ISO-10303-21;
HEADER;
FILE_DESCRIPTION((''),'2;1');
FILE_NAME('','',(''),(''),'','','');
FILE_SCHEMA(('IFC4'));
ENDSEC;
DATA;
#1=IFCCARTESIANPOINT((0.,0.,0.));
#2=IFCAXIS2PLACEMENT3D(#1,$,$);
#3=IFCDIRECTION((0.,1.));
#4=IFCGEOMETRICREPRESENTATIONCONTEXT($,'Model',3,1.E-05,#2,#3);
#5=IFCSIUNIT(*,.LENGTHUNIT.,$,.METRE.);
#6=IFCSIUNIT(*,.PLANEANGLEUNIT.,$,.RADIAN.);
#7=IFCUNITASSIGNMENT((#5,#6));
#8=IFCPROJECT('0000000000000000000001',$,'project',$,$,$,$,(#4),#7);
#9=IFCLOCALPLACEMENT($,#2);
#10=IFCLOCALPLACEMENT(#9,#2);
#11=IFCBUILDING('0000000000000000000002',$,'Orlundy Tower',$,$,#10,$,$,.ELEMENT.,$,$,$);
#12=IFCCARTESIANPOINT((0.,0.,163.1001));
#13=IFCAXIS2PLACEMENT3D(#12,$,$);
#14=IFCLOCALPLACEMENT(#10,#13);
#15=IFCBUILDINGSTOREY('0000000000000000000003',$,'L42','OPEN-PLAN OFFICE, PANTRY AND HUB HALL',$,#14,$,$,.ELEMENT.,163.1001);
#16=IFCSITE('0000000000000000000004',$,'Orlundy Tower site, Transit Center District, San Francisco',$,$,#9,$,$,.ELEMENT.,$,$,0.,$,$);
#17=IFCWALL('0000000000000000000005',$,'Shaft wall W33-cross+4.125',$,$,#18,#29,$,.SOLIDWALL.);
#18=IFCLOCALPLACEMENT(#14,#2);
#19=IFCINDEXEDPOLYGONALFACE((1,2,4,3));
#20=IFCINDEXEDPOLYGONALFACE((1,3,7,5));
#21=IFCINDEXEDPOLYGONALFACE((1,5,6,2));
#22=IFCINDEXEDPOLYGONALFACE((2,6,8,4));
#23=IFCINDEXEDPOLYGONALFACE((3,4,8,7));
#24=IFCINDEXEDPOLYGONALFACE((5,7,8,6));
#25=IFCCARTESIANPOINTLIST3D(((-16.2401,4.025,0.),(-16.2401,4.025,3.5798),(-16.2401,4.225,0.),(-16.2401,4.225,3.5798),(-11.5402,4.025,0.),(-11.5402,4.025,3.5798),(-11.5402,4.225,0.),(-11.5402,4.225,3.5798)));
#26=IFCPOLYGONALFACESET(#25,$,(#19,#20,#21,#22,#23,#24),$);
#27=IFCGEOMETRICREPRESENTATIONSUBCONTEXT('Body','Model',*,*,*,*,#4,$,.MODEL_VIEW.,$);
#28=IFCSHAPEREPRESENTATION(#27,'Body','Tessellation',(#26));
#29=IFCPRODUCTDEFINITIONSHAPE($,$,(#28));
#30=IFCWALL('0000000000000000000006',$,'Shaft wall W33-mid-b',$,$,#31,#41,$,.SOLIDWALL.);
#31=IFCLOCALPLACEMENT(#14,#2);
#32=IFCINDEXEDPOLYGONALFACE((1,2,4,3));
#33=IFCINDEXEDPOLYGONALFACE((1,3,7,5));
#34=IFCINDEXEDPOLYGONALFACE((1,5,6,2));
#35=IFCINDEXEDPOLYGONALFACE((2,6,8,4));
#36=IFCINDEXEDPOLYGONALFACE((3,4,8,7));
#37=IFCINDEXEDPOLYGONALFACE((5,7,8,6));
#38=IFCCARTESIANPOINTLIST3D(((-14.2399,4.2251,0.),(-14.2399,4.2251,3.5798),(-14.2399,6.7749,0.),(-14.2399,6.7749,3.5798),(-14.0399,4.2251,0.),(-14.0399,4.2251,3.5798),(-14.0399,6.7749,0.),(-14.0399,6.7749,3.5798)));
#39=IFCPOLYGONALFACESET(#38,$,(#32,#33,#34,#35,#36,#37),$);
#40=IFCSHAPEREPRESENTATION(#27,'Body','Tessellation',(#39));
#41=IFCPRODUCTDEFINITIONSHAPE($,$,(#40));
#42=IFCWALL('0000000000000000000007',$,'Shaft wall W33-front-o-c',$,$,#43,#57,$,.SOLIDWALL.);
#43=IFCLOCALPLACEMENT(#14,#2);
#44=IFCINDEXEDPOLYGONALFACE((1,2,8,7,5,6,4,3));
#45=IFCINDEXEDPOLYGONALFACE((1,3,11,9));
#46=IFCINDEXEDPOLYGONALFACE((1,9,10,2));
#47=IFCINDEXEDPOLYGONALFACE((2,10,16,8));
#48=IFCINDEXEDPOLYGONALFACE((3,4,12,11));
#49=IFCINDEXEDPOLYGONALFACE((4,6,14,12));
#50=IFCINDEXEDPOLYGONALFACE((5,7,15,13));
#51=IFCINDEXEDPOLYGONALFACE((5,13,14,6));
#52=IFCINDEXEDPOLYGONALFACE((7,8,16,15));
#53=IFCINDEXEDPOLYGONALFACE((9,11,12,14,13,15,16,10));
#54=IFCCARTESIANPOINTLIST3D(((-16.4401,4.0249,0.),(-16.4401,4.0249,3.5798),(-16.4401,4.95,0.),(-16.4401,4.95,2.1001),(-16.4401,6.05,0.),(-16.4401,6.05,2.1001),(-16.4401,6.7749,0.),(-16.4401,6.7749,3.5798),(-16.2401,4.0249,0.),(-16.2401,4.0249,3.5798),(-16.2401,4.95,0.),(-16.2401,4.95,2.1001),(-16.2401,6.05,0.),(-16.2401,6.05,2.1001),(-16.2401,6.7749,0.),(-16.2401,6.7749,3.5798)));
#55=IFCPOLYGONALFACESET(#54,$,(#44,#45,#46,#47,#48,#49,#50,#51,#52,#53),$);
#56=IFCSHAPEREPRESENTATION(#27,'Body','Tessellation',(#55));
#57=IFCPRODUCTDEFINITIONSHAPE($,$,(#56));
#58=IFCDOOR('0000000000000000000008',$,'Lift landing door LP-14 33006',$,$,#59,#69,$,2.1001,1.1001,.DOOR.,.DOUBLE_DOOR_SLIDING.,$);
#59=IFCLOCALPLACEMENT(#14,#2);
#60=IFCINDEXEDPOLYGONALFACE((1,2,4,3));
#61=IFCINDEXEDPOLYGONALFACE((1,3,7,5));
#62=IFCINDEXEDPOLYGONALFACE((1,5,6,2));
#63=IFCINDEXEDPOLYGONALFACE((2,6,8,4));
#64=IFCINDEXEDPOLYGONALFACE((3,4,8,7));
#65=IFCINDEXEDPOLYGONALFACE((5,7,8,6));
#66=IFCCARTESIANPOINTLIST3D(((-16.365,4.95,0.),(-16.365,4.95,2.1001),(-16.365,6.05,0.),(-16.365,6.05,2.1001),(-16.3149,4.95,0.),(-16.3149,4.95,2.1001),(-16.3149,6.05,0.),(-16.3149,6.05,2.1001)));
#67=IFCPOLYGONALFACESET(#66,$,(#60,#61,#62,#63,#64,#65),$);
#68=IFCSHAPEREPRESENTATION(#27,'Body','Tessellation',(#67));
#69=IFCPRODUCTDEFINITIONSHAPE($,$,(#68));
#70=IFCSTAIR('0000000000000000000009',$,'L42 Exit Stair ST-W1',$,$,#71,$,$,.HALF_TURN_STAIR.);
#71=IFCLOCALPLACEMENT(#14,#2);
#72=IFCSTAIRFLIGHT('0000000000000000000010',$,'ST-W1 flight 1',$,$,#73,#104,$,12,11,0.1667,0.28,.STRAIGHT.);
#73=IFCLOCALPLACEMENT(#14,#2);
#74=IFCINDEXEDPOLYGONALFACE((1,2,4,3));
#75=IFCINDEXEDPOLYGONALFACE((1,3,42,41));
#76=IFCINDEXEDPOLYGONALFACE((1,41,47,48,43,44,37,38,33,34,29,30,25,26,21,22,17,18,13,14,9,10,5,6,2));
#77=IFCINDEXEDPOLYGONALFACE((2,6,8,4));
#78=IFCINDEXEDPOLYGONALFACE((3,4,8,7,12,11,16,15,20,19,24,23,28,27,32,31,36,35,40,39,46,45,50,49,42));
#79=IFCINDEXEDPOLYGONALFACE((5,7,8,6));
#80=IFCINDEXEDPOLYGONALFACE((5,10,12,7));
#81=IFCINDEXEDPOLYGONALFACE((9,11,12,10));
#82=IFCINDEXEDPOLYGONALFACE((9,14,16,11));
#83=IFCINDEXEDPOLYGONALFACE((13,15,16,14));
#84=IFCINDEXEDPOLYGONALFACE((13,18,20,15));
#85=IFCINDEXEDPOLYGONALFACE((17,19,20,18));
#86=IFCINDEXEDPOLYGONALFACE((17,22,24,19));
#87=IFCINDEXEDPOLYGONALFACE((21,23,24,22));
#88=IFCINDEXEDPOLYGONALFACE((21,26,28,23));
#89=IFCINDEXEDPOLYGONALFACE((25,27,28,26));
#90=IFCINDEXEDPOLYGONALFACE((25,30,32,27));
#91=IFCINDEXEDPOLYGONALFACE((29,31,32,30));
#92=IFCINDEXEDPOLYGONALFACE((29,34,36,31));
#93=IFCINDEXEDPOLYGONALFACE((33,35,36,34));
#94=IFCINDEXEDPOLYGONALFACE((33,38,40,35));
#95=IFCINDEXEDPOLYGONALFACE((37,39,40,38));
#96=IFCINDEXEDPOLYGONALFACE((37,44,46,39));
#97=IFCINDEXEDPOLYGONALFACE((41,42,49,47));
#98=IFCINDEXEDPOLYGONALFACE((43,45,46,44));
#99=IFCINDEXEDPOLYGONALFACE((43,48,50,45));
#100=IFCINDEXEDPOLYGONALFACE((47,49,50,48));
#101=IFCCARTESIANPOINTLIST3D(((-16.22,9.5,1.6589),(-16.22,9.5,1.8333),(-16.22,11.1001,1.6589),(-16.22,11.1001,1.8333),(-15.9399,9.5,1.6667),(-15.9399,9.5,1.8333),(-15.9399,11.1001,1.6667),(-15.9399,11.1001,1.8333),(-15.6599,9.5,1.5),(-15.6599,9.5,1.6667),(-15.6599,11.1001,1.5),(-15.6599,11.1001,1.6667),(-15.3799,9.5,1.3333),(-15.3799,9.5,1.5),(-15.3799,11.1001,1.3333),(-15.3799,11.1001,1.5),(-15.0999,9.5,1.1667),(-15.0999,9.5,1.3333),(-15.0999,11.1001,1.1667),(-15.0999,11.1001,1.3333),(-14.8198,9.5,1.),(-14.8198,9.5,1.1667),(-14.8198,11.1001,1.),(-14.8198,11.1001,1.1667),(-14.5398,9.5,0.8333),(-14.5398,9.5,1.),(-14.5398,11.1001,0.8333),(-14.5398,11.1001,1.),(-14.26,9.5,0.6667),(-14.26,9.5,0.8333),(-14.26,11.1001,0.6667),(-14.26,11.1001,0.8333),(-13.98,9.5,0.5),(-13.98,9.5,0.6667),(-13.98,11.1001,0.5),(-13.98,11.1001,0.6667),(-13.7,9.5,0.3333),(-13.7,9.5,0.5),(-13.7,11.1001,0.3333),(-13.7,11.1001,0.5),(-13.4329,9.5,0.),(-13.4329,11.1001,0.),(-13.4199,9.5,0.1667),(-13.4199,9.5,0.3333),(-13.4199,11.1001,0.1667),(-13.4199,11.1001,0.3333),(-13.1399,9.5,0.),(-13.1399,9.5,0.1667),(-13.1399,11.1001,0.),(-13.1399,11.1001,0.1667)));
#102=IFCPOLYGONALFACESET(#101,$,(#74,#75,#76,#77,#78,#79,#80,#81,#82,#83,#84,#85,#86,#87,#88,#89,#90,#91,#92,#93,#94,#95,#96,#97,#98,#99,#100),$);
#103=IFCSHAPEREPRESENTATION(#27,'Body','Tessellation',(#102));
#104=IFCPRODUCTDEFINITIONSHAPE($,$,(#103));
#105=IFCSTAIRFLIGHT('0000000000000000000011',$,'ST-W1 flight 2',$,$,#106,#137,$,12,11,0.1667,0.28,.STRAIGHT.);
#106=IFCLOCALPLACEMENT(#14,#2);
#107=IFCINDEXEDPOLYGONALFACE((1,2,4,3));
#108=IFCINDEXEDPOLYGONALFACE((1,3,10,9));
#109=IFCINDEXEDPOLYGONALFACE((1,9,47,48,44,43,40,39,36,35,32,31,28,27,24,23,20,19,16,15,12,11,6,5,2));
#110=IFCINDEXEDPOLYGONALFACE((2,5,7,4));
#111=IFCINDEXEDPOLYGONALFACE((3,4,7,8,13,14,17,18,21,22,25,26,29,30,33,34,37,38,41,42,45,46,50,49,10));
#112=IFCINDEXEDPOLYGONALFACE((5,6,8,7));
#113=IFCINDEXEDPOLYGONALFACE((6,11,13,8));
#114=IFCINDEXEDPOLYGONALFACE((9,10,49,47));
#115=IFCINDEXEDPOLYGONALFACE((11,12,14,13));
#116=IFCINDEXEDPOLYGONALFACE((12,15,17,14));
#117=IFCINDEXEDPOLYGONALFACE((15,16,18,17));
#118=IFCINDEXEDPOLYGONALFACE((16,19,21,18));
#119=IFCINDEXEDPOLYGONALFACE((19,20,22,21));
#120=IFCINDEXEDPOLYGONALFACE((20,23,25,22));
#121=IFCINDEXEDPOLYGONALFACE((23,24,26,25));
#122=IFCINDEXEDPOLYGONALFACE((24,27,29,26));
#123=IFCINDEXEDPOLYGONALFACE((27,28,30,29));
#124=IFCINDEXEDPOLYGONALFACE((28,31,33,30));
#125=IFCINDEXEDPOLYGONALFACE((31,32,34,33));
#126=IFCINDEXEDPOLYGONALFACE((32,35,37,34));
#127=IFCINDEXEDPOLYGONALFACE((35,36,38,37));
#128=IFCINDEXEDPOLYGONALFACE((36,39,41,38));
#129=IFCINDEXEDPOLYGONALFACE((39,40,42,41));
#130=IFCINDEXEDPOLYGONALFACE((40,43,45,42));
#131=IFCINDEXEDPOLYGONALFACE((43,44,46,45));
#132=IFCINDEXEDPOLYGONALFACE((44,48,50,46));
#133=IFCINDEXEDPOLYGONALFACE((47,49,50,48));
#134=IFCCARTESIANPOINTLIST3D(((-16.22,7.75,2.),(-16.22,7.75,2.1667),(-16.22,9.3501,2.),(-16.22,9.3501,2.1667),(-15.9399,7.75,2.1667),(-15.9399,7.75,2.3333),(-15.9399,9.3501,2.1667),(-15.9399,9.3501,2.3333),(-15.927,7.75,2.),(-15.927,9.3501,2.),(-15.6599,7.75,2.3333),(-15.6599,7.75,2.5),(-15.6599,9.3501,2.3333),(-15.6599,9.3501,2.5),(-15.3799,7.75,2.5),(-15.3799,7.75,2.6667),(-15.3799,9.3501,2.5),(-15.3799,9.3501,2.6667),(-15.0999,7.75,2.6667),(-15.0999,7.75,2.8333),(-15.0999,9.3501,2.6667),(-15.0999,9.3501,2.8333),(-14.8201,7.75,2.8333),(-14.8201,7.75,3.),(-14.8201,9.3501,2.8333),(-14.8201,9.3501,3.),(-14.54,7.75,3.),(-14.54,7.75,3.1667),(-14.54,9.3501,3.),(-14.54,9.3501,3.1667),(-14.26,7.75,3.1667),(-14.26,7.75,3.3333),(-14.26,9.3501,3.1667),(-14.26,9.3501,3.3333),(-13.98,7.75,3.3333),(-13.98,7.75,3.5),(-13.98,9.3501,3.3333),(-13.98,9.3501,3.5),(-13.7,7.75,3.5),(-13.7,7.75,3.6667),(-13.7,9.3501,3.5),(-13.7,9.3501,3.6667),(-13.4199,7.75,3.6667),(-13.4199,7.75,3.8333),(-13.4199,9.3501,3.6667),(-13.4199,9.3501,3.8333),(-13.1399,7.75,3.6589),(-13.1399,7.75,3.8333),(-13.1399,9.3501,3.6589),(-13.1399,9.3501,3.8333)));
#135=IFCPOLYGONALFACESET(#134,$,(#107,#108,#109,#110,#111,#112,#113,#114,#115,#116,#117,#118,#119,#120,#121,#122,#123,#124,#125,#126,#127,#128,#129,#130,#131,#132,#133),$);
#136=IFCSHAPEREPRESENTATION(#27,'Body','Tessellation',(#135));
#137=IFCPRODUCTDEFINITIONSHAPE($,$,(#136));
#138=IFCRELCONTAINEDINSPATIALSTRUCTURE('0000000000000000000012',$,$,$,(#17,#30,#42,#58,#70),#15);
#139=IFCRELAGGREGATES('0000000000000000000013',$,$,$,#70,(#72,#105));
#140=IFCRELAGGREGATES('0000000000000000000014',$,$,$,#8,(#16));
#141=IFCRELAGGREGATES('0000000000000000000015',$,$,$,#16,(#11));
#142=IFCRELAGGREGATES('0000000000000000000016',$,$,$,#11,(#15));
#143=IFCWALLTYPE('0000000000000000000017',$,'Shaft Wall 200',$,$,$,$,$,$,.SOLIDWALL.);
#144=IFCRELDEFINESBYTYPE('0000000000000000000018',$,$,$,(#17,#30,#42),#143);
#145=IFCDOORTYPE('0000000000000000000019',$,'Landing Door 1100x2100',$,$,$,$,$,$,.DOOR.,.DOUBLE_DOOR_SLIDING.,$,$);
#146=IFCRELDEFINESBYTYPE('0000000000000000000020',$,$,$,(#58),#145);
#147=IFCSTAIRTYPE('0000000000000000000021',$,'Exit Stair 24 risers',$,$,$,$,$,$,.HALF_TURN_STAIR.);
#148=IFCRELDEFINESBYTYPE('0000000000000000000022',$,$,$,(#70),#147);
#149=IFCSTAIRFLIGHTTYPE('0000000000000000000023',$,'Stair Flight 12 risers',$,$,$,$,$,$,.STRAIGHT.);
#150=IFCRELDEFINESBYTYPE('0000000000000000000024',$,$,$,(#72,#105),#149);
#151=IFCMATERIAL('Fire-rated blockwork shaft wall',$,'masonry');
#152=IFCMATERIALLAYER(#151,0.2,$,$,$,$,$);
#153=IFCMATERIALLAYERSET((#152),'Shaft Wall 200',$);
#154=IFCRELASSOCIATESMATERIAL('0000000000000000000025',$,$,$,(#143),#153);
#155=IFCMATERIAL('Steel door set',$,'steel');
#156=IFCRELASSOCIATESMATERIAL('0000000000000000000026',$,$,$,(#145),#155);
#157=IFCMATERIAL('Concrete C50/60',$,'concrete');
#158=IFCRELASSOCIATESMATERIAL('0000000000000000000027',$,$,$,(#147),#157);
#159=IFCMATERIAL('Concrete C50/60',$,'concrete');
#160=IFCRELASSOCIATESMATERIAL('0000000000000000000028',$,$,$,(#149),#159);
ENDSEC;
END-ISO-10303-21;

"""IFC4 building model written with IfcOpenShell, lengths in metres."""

from ifc_helpers import new_model, si_unit, direction, frame, frame_2d, origin, place, context, subcontext, project, spatial, polyline, rectangle, outline, extrude, material, layer, layer_set, type_object, element, fill, aggregate, save


model = new_model("IFC4")

# Units and contexts
model_context = context("Model", 3, precision=1e-05, world=origin(), true_north=direction((0.0, 1.0)))
body_context = subcontext(model_context, "Body", "Model", "MODEL_VIEW")
ifc_project = project(units=[si_unit("LENGTHUNIT", "METRE"), si_unit("PLANEANGLEUNIT", "RADIAN")], contexts=[model_context])

# Site, building, storey
site_placement = place(None, origin())
site = spatial("IfcSite", under=ifc_project, at=site_placement, Name="Orlundy Tower site, Transit Center District, San Francisco", CompositionType="ELEMENT", RefElevation=0.0)
building_placement = place(site_placement, origin())
building = spatial("IfcBuilding", under=site, at=building_placement, Name="Orlundy Tower", CompositionType="ELEMENT")
storey_placement = place(building_placement, frame((0.0, 0.0, 163.1001)))
storey = spatial("IfcBuildingStorey", under=building, at=storey_placement, Name="L42", Description="OPEN-PLAN OFFICE, PANTRY AND HUB HALL", CompositionType="ELEMENT", Elevation=163.1001)

# Walls
ifc_material_1 = material(Name="Fire-rated blockwork shaft wall", Category="masonry")
ifc_layer_1 = layer(ifc_material_1, 0.2)
ifc_layer_set_1 = layer_set([ifc_layer_1], Name="Shaft Wall 200")
wall_type_1 = type_object("IfcWallType", Name="Shaft Wall 200", PredefinedType="SOLIDWALL", material=ifc_layer_set_1)
wall_1_placement = place(storey_placement, frame((-11.54, 4.125, 0.0), z_axis=(0.0, 0.0, 1.0), x_axis=(-1.0, 0.0, 0.0)))
element("IfcWall", 1, at=wall_1_placement, inside=storey, type_object=wall_type_1, Name="Shaft wall W33-cross+4.125", PredefinedType="SOLIDWALL", context=body_context, shape_type="SweptSolid", body=[
    extrude(rectangle(XDim=4.7, YDim=0.2, at=frame_2d((2.3501, 0.0))), origin(), (0.0, 0.0, 1.0), 3.5798),
])
wall_2_placement = place(storey_placement, frame((-14.1399, 4.2251, 0.0), z_axis=(0.0, 0.0, 1.0), x_axis=(0.0, 1.0, 0.0)))
element("IfcWall", 2, at=wall_2_placement, inside=storey, type_object=wall_type_1, Name="Shaft wall W33-mid-b", PredefinedType="SOLIDWALL", context=body_context, shape_type="SweptSolid", body=[
    extrude(rectangle(XDim=2.5498, YDim=0.2, at=frame_2d((1.2749, 0.0))), origin(), (0.0, 0.0, 1.0), 3.5798),
])

# Wall, opening, door
wall_3_placement = place(storey_placement, frame((-16.3401, 4.0249, 0.0), z_axis=(0.0, 0.0, 1.0), x_axis=(0.0, 1.0, 0.0)))
wall_3 = element("IfcWall", 3, at=wall_3_placement, inside=storey, type_object=wall_type_1, Name="Shaft wall W33-front-o-c", PredefinedType="SOLIDWALL", context=body_context, shape_type="SweptSolid", body=[
    extrude(rectangle(XDim=2.75, YDim=0.2, at=frame_2d((1.375, 0.0))), origin(), (0.0, 0.0, 1.0), 3.5798),
])
opening_1_placement = place(wall_3_placement, frame((0.925, 0.0, 0.0)))
opening_1 = element("IfcOpeningElement", 4, at=opening_1_placement, cuts=wall_3, PredefinedType="OPENING", context=body_context, shape_type="SweptSolid", body=[
    extrude(rectangle(XDim=1.1001, YDim=2.1001, at=frame_2d((0.55, 1.05))), frame((0.0, 0.1101, 0.0), z_axis=(0.0, -1.0, 0.0), x_axis=(1.0, 0.0, 0.0)), (0.0, 0.0, 1.0), 0.2202),
])
ifc_material_2 = material(Name="Steel door set", Category="steel")
door_type_1 = type_object("IfcDoorType", Name="Landing Door 1100x2100", OperationType="DOUBLE_DOOR_SLIDING", PredefinedType="DOOR", material=ifc_material_2)
door_1_placement = place(opening_1_placement, origin())
door_1 = element("IfcDoor", 5, at=door_1_placement, inside=storey, type_object=door_type_1, Name="Lift landing door LP-14 33006", OperationType="DOUBLE_DOOR_SLIDING", OverallHeight=2.1001, OverallWidth=1.1001, PredefinedType="DOOR", context=body_context, shape_type="SweptSolid", body=[
    extrude(rectangle(XDim=1.1001, YDim=2.1001, at=frame_2d((0.55, 1.05))), frame((0.0, 0.0249, 0.0), z_axis=(0.0, -1.0, 0.0), x_axis=(1.0, 0.0, 0.0)), (0.0, 0.0, 1.0), 0.05),
])
fill(opening_1, door_1)

# Stair, stair flights
ifc_material_3 = material(Name="Concrete C50/60", Category="concrete")
stair_type = type_object("IfcStairType", Name="Exit Stair 24 risers", PredefinedType="HALF_TURN_STAIR", material=ifc_material_3)
stair_placement = place(storey_placement, origin())
stair = element("IfcStair", 6, at=stair_placement, inside=storey, type_object=stair_type, Name="L42 Exit Stair ST-W1", PredefinedType="HALF_TURN_STAIR")
ifc_material_4 = material(Name="Concrete C50/60", Category="concrete")
stair_flight_type = type_object("IfcStairFlightType", Name="Stair Flight 12 risers", PredefinedType="STRAIGHT", material=ifc_material_4)
stair_flight_1_placement = place(storey_placement, frame((-13.1399, 10.3, 0.0), z_axis=(0.0, 0.0, 1.0), x_axis=(-1.0, 0.0, 0.0)))
stair_flight_1 = element("IfcStairFlight", 7, at=stair_flight_1_placement, type_object=stair_flight_type, Name="ST-W1 flight 1", NumberOfRisers=12, NumberOfTreads=11, PredefinedType="STRAIGHT", RiserHeight=0.1667, TreadLength=0.28, context=body_context, shape_type="SweptSolid", body=[
    extrude(outline(polyline([(0.0, 0.0), (0.0, 0.1667), (0.28, 0.1667), (0.28, 0.3333), (0.5601, 0.3333), (0.5601, 0.5), (0.8401, 0.5), (0.8401, 0.6667), (1.1201, 0.6667), (1.1201, 0.8333), (1.3999, 0.8333), (1.3999, 1.0), (1.6799, 1.0), (1.6799, 1.1667), (1.96, 1.1667), (1.96, 1.3333), (2.24, 1.3333), (2.24, 1.5), (2.52, 1.5), (2.52, 1.6667), (2.8, 1.6667), (2.8, 1.8333), (3.0801, 1.8333), (3.0801, 2.0), (3.0801, 1.6589), (0.293, 0.0), (0.0, 0.0)])), frame((0.0, 0.8, 0.0), z_axis=(0.0, -1.0, 0.0), x_axis=(1.0, 0.0, 0.0)), (0.0, 0.0, 1.0), 1.6001),
])
stair_flight_2_placement = place(storey_placement, frame((-16.22, 8.55, 2.0), z_axis=(0.0, 0.0, 1.0), x_axis=(1.0, 0.0, 0.0)))
stair_flight_2 = element("IfcStairFlight", 8, at=stair_flight_2_placement, type_object=stair_flight_type, Name="ST-W1 flight 2", NumberOfRisers=12, NumberOfTreads=11, PredefinedType="STRAIGHT", RiserHeight=0.1667, TreadLength=0.28, context=body_context, shape_type="SweptSolid", body=[
    extrude(outline(polyline([(0.0, 0.0), (0.0, 0.1667), (0.28, 0.1667), (0.28, 0.3333), (0.5601, 0.3333), (0.5601, 0.5), (0.8401, 0.5), (0.8401, 0.6667), (1.1201, 0.6667), (1.1201, 0.8333), (1.3999, 0.8333), (1.3999, 1.0), (1.6799, 1.0), (1.6799, 1.1667), (1.96, 1.1667), (1.96, 1.3333), (2.24, 1.3333), (2.24, 1.5), (2.52, 1.5), (2.52, 1.6667), (2.8, 1.6667), (2.8, 1.8333), (3.0801, 1.8333), (3.0801, 2.0), (3.0801, 1.6589), (0.293, 0.0), (0.0, 0.0)])), frame((0.0, 0.8, 0.0), z_axis=(0.0, -1.0, 0.0), x_axis=(1.0, 0.0, 0.0)), (0.0, 0.0, 1.0), 1.6001),
])
aggregate(stair, [stair_flight_1, stair_flight_2])

save(model, "model.ifc")
